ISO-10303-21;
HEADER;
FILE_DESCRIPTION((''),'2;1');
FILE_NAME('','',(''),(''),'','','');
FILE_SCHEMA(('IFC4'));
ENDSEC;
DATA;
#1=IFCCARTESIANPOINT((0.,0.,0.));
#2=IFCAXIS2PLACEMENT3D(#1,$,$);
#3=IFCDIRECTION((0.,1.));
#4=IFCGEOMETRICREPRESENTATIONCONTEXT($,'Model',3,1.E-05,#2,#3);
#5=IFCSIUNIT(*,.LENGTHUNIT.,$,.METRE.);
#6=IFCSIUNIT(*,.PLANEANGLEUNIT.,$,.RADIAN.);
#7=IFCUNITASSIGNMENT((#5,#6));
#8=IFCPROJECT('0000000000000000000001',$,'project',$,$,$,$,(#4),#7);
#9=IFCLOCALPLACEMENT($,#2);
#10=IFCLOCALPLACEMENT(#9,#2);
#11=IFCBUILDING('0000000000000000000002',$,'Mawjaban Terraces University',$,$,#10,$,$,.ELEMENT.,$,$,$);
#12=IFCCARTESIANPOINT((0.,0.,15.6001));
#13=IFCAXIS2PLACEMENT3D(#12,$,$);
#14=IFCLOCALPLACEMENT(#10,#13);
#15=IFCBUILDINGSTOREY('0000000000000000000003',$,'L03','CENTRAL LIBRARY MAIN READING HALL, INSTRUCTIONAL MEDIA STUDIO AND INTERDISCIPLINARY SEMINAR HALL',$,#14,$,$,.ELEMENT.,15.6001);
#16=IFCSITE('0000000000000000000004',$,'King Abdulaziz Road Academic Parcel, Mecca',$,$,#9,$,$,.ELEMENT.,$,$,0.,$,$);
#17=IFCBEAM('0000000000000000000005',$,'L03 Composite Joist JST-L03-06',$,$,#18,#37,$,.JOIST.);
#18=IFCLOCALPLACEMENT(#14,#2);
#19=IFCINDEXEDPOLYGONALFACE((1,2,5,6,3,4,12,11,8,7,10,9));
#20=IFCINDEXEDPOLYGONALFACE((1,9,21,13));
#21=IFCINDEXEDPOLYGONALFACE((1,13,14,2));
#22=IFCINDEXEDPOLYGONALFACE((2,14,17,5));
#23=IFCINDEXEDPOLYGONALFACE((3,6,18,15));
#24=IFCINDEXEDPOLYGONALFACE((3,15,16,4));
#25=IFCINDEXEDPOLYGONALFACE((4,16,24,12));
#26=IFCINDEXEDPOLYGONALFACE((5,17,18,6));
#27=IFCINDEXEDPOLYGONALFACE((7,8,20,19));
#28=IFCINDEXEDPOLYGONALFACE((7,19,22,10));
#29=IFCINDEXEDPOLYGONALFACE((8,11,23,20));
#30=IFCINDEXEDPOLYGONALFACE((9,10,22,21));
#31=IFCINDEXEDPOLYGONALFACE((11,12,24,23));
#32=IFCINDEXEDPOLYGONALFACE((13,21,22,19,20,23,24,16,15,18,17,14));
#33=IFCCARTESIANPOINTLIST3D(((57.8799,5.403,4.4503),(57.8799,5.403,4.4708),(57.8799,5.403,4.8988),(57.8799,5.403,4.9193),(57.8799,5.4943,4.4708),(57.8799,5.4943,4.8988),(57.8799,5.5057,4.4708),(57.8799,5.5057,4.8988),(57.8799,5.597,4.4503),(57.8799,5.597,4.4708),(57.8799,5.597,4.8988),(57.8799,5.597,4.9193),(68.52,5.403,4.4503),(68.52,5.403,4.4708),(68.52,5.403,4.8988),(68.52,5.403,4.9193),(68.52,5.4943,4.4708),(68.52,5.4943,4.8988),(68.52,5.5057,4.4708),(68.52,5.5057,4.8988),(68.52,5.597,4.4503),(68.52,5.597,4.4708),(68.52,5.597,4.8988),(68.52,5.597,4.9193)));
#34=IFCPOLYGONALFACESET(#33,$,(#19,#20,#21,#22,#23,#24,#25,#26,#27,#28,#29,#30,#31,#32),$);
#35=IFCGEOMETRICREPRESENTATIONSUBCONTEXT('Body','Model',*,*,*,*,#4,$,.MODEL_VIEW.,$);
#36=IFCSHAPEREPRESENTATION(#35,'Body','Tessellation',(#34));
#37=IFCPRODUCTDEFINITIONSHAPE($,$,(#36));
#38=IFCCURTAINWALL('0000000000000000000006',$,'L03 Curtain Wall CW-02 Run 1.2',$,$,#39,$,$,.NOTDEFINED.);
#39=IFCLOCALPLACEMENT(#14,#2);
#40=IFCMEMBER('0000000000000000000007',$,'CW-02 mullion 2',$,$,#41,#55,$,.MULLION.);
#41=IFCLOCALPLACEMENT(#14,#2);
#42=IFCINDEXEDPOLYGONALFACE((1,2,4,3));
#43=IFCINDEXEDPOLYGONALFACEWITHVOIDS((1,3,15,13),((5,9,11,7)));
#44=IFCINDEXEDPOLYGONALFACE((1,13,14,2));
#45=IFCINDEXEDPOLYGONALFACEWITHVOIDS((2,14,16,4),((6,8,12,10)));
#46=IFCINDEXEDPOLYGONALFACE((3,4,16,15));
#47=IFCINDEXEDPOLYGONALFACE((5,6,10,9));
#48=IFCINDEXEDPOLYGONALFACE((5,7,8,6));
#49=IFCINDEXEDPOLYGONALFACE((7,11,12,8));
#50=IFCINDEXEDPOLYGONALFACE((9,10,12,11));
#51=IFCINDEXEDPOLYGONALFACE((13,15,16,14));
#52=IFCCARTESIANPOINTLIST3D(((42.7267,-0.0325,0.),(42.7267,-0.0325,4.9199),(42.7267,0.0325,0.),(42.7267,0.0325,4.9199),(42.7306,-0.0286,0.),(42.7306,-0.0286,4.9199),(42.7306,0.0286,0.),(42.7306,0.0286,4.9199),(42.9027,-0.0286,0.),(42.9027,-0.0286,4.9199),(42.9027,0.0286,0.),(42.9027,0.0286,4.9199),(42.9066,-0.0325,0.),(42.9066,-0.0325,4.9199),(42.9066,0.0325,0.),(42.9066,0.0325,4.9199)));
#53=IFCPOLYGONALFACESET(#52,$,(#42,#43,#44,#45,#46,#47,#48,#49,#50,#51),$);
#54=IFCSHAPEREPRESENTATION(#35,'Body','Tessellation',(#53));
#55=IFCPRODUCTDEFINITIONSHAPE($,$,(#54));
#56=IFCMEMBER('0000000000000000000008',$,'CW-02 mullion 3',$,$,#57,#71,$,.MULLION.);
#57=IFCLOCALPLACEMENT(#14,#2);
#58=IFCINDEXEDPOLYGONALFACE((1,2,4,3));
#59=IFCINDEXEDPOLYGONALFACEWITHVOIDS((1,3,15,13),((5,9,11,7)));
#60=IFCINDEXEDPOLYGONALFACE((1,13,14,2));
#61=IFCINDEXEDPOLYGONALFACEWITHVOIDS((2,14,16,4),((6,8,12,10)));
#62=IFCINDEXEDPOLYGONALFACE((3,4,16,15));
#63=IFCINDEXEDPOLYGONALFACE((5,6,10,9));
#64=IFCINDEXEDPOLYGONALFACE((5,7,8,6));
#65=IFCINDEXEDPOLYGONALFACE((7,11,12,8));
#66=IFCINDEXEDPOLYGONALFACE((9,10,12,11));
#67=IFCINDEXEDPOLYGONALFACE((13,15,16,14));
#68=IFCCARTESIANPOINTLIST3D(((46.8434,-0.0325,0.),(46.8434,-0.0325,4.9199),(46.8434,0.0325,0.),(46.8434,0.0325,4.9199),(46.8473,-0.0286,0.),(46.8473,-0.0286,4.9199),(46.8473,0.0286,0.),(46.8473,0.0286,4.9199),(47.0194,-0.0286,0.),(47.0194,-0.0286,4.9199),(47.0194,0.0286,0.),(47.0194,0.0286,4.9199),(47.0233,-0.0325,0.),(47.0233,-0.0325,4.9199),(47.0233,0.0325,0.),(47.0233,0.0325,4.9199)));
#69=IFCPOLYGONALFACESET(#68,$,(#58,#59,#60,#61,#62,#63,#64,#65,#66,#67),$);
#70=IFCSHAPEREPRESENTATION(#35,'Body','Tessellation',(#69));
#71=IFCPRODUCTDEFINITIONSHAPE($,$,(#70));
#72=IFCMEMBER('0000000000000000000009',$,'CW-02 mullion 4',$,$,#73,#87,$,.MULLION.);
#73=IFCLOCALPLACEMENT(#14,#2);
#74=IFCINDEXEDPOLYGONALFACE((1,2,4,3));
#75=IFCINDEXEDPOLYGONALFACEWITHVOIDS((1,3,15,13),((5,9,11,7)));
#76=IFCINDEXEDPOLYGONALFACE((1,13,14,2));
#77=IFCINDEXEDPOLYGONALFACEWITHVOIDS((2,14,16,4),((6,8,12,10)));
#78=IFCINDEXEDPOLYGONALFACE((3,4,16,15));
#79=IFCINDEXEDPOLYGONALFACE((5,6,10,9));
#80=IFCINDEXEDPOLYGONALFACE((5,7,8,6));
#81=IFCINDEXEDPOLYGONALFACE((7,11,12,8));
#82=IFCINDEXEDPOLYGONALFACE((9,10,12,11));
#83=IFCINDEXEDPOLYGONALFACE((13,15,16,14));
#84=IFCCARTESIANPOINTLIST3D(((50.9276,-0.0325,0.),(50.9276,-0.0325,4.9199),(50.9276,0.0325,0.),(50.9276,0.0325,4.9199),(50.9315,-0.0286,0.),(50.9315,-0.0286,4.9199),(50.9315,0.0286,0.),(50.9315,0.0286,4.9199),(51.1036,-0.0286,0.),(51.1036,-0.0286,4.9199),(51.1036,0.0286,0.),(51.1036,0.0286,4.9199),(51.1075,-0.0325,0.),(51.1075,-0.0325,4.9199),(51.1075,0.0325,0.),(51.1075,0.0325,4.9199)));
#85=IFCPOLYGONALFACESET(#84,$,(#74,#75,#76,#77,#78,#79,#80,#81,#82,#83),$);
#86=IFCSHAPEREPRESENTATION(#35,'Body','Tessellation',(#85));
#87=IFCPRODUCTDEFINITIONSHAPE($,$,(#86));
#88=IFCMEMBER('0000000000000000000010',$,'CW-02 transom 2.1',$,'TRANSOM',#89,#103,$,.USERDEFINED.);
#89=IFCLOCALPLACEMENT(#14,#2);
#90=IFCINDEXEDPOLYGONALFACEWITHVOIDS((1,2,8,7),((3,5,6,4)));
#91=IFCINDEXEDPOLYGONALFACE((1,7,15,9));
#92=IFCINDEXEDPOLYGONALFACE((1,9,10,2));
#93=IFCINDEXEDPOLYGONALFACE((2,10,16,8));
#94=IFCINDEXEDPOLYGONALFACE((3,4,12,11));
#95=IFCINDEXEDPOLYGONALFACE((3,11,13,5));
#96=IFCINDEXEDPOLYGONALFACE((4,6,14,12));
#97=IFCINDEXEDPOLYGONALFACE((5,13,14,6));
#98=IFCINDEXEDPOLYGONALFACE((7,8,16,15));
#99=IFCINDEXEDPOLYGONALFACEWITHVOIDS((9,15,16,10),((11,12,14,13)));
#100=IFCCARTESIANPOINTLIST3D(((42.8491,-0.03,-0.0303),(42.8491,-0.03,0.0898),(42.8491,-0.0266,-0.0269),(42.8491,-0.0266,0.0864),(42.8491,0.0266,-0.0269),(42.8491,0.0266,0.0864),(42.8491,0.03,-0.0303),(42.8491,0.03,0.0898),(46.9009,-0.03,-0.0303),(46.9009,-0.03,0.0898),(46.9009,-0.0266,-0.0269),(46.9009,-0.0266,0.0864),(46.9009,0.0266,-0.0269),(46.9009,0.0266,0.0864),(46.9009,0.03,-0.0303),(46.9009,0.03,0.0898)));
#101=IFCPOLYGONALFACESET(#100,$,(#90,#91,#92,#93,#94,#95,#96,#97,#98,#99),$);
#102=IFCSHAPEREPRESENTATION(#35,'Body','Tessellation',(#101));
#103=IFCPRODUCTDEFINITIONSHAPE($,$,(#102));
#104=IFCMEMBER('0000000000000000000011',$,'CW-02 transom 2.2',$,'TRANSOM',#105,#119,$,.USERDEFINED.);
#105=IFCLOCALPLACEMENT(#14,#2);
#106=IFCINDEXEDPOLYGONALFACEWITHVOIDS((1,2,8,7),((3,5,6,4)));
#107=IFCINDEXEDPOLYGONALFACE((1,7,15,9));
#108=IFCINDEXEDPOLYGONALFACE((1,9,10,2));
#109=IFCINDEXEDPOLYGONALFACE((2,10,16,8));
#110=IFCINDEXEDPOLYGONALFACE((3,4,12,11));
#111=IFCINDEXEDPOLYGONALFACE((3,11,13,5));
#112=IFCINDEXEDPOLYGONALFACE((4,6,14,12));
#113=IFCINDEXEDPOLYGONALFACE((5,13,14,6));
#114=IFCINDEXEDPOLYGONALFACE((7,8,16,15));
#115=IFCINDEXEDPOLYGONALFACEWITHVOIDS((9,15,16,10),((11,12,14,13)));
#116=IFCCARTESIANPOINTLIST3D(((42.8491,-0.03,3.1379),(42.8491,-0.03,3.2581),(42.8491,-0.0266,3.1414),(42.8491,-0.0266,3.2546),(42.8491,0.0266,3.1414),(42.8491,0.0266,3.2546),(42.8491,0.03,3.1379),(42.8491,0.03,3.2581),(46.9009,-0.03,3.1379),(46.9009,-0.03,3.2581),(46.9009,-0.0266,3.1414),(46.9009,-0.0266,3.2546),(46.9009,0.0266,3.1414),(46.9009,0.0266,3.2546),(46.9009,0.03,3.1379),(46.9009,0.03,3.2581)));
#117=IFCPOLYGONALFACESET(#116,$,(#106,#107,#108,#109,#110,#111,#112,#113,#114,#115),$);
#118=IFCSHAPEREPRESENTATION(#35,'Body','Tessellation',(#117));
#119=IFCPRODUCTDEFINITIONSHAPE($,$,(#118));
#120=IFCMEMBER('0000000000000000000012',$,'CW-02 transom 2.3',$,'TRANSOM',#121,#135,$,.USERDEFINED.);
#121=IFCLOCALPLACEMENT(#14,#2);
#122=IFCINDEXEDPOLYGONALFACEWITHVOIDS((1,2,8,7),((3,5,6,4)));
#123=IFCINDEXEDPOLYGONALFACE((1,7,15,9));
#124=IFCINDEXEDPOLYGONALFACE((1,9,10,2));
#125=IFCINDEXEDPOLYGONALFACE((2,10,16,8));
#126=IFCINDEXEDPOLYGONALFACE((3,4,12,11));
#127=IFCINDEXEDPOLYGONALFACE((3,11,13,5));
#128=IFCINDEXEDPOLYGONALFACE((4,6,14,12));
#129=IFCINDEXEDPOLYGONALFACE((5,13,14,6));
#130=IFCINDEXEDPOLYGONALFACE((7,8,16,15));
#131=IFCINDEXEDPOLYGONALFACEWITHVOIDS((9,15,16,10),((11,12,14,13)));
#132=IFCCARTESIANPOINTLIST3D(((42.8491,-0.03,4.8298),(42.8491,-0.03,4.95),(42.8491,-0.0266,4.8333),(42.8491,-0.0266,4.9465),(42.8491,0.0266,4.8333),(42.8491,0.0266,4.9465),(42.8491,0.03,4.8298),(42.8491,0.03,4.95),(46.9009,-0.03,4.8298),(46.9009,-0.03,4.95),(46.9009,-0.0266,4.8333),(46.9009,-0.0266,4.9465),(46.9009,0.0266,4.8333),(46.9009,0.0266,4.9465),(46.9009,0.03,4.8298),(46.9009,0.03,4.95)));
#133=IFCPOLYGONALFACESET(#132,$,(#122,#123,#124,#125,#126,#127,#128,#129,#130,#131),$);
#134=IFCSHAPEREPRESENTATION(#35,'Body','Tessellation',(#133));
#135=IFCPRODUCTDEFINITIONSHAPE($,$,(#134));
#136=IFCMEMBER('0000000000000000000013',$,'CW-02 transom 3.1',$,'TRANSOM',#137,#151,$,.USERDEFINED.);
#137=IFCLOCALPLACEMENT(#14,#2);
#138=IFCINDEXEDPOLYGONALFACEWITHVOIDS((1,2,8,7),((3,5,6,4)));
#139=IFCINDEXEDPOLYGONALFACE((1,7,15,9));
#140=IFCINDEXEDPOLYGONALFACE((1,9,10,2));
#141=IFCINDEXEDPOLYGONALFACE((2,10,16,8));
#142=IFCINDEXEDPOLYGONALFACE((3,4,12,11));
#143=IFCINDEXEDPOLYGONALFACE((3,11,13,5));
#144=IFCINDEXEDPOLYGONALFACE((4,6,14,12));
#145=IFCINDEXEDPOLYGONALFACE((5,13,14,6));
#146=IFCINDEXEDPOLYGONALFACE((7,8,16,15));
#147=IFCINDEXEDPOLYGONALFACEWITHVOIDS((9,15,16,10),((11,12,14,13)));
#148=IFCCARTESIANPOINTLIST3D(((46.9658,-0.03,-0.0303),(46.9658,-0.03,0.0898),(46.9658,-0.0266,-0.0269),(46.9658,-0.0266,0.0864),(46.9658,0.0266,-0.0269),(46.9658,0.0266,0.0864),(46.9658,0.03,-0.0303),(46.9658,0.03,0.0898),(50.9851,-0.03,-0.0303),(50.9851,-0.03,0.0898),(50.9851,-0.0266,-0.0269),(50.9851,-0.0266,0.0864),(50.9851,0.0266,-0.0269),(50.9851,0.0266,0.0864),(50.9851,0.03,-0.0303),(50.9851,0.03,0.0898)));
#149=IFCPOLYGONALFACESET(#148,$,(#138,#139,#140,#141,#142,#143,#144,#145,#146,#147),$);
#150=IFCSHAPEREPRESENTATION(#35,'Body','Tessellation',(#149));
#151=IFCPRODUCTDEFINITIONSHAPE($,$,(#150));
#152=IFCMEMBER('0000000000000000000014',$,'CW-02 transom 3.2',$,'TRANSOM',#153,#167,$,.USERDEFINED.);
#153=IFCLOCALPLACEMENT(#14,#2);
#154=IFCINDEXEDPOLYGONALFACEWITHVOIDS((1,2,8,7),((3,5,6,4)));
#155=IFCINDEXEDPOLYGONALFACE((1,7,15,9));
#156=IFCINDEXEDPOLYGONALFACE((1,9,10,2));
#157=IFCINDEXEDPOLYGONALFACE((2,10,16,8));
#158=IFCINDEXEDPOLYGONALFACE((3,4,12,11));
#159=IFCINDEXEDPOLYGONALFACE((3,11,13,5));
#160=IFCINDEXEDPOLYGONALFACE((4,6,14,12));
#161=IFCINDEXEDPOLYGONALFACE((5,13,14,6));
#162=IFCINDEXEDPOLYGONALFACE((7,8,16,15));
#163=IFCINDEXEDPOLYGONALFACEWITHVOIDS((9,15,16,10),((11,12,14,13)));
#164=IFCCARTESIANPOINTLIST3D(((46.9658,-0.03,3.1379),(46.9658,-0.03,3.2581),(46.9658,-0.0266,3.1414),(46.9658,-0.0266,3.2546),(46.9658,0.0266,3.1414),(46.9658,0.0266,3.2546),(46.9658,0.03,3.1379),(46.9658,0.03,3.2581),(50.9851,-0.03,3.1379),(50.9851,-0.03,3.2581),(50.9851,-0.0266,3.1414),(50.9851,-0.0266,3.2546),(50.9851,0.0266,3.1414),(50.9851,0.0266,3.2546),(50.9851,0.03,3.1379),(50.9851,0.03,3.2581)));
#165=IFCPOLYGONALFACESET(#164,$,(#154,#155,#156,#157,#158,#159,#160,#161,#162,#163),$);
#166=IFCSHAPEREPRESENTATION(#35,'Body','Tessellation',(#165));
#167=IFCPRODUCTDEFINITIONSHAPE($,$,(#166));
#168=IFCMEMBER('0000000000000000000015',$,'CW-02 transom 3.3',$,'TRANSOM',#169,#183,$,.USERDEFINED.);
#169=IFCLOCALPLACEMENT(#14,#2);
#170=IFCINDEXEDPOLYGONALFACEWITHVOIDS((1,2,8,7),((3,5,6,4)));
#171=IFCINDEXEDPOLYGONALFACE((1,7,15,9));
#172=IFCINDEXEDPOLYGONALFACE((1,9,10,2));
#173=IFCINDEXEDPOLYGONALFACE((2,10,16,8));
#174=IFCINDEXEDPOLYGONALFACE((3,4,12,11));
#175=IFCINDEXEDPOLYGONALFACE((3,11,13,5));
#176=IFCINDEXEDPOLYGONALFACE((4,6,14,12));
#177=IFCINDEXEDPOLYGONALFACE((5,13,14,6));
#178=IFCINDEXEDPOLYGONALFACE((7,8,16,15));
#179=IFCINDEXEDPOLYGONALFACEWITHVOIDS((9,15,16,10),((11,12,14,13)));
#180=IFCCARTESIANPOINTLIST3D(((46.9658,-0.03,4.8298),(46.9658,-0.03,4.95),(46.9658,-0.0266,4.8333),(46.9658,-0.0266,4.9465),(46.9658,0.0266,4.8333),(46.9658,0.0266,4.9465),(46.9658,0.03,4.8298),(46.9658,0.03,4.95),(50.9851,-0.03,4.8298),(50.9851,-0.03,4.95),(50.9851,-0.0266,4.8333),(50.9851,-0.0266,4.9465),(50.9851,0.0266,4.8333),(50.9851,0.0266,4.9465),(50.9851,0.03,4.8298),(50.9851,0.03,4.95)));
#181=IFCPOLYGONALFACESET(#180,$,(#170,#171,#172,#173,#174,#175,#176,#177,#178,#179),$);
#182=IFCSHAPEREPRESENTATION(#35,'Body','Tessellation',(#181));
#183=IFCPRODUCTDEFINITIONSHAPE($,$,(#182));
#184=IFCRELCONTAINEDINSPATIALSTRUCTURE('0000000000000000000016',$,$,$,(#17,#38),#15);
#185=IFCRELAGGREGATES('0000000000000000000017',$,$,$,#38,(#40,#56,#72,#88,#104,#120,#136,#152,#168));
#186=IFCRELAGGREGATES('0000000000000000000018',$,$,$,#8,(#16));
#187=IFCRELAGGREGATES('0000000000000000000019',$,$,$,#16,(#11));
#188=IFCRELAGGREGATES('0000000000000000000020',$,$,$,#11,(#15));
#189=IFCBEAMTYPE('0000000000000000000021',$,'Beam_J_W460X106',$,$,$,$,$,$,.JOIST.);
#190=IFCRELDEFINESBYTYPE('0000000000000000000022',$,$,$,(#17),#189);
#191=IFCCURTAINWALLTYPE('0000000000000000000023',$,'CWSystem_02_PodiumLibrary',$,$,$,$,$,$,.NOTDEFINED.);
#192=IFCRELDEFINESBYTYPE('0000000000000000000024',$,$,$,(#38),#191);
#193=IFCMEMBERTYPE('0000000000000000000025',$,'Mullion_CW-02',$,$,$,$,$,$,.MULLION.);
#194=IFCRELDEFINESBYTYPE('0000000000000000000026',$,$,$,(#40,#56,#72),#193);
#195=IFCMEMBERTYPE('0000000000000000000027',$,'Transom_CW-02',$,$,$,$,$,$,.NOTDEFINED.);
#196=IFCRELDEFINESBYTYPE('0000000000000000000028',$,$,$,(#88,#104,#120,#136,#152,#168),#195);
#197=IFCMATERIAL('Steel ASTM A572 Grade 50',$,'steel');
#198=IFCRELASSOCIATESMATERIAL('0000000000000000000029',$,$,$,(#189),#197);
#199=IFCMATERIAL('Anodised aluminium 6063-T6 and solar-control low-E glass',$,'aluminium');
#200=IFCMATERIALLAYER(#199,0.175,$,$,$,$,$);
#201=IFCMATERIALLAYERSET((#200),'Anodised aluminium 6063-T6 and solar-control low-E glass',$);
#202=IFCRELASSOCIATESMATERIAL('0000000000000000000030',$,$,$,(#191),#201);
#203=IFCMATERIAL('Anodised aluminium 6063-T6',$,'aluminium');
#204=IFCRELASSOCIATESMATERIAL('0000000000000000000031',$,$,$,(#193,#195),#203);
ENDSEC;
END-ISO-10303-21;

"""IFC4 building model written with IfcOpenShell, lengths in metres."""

from ifc_helpers import new_model, si_unit, direction, frame, origin, origin_2d, place, context, subcontext, project, spatial, hollow_rectangle, i_section, extrude, material, layer, layer_set, material_profile, profile_set, type_object, element, aggregate, save


model = new_model("IFC4")

# Units and contexts
model_context = context("Model", 3, precision=1e-05, world=origin(), true_north=direction((0.0, 1.0)))
body_context = subcontext(model_context, "Body", "Model", "MODEL_VIEW")
ifc_project = project(units=[si_unit("LENGTHUNIT", "METRE"), si_unit("PLANEANGLEUNIT", "RADIAN")], contexts=[model_context])

# Site, building, storey
site_placement = place(None, origin())
site = spatial("IfcSite", under=ifc_project, at=site_placement, Name="King Abdulaziz Road Academic Parcel, Mecca", CompositionType="ELEMENT", RefElevation=0.0)
building_placement = place(site_placement, origin())
building = spatial("IfcBuilding", under=site, at=building_placement, Name="Mawjaban Terraces University", CompositionType="ELEMENT")
storey_placement = place(building_placement, frame((0.0, 0.0, 15.6001)))
storey = spatial("IfcBuildingStorey", under=building, at=storey_placement, Name="L03", Description="CENTRAL LIBRARY MAIN READING HALL, INSTRUCTIONAL MEDIA STUDIO AND INTERDISCIPLINARY SEMINAR HALL", CompositionType="ELEMENT", Elevation=15.6001)

# Beam
ifc_material_1 = material(Name="Steel ASTM A572 Grade 50", Category="steel")
ifc_material_profile_1 = material_profile(ifc_material_1, i_section(OverallWidth=0.1941, OverallDepth=0.469, WebThickness=0.0115, FlangeThickness=0.0205, at=origin_2d()), Name="W460X106")
ifc_profile_set_1 = profile_set([ifc_material_profile_1], Name="Steel ASTM A572 Grade 50")
beam_type_1 = type_object("IfcBeamType", Name="Beam_J_W460X106", PredefinedType="JOIST", material=ifc_profile_set_1)
beam_1_placement = place(storey_placement, frame((57.8799, 5.5, 4.6848), z_axis=(1.0, 0.0, 0.0), x_axis=(0.0, 1.0, 0.0)))
element("IfcBeam", 1, at=beam_1_placement, inside=storey, type_object=beam_type_1, Name="L03 Composite Joist JST-L03-06", PredefinedType="JOIST", context=body_context, shape_type="SweptSolid", body=[
    extrude(i_section(OverallWidth=0.1941, OverallDepth=0.469, WebThickness=0.0115, FlangeThickness=0.0205, at=origin_2d()), origin(), (0.0, 0.0, 1.0), 10.6401),
])

# Curtain wall, members
ifc_material_2 = material(Name="Anodised aluminium 6063-T6 and solar-control low-E glass", Category="aluminium")
ifc_layer_1 = layer(ifc_material_2, 0.175)
ifc_layer_set_1 = layer_set([ifc_layer_1], Name="Anodised aluminium 6063-T6 and solar-control low-E glass")
curtain_wall_type = type_object("IfcCurtainWallType", Name="CWSystem_02_PodiumLibrary", PredefinedType="NOTDEFINED", material=ifc_layer_set_1)
curtain_wall_placement = place(storey_placement, origin())
curtain_wall = element("IfcCurtainWall", 2, at=curtain_wall_placement, inside=storey, type_object=curtain_wall_type, Name="L03 Curtain Wall CW-02 Run 1.2", PredefinedType="NOTDEFINED")
ifc_material_3 = material(Name="Anodised aluminium 6063-T6", Category="aluminium")
ifc_material_profile_2 = material_profile(ifc_material_3, hollow_rectangle(XDim=0.0649, YDim=0.1799, WallThickness=0.0039, at=origin_2d()), Name="ALU180X65X4")
ifc_profile_set_2 = profile_set([ifc_material_profile_2], Name="Anodised aluminium 6063-T6")
member_type_1 = type_object("IfcMemberType", Name="Mullion_CW-02", PredefinedType="MULLION", material=ifc_profile_set_2)
member_1_placement = place(storey_placement, frame((42.8167, 0.0, 0.0), z_axis=(0.0, 0.0, 1.0), x_axis=(0.0, 1.0, 0.0)))
member_1 = element("IfcMember", 3, at=member_1_placement, type_object=member_type_1, Name="CW-02 mullion 2", PredefinedType="MULLION", context=body_context, shape_type="SweptSolid", body=[
    extrude(hollow_rectangle(XDim=0.0649, YDim=0.1799, WallThickness=0.0039, at=origin_2d()), origin(), (0.0, 0.0, 1.0), 4.9199),
])
member_2_placement = place(storey_placement, frame((46.9333, 0.0, 0.0), z_axis=(0.0, 0.0, 1.0), x_axis=(0.0, 1.0, 0.0)))
member_2 = element("IfcMember", 4, at=member_2_placement, type_object=member_type_1, Name="CW-02 mullion 3", PredefinedType="MULLION", context=body_context, shape_type="SweptSolid", body=[
    extrude(hollow_rectangle(XDim=0.0649, YDim=0.1799, WallThickness=0.0039, at=origin_2d()), origin(), (0.0, 0.0, 1.0), 4.9199),
])
member_3_placement = place(storey_placement, frame((51.0176, 0.0, 0.0), z_axis=(0.0, 0.0, 1.0), x_axis=(0.0, 1.0, 0.0)))
member_3 = element("IfcMember", 5, at=member_3_placement, type_object=member_type_1, Name="CW-02 mullion 4", PredefinedType="MULLION", context=body_context, shape_type="SweptSolid", body=[
    extrude(hollow_rectangle(XDim=0.0649, YDim=0.1799, WallThickness=0.0039, at=origin_2d()), origin(), (0.0, 0.0, 1.0), 4.9199),
])
ifc_material_profile_3 = material_profile(ifc_material_3, hollow_rectangle(XDim=0.0601, YDim=0.1201, WallThickness=0.0034, at=origin_2d()), Name="ALU120X60X3.5")
ifc_profile_set_3 = profile_set([ifc_material_profile_3], Name="Anodised aluminium 6063-T6")
member_type_2 = type_object("IfcMemberType", Name="Transom_CW-02", PredefinedType="NOTDEFINED", material=ifc_profile_set_3)
member_4_placement = place(storey_placement, frame((42.8491, 0.0, 0.0298), z_axis=(1.0, 0.0, 0.0), x_axis=(0.0, 1.0, 0.0)))
member_4 = element("IfcMember", 6, at=member_4_placement, type_object=member_type_2, Name="CW-02 transom 2.1", ObjectType="TRANSOM", PredefinedType="USERDEFINED", context=body_context, shape_type="SweptSolid", body=[
    extrude(hollow_rectangle(XDim=0.0601, YDim=0.1201, WallThickness=0.0034, at=origin_2d()), origin(), (0.0, 0.0, 1.0), 4.0518),
])
member_5_placement = place(storey_placement, frame((42.8491, 0.0, 3.198), z_axis=(1.0, 0.0, 0.0), x_axis=(0.0, 1.0, 0.0)))
member_5 = element("IfcMember", 7, at=member_5_placement, type_object=member_type_2, Name="CW-02 transom 2.2", ObjectType="TRANSOM", PredefinedType="USERDEFINED", context=body_context, shape_type="SweptSolid", body=[
    extrude(hollow_rectangle(XDim=0.0601, YDim=0.1201, WallThickness=0.0034, at=origin_2d()), origin(), (0.0, 0.0, 1.0), 4.0518),
])
member_6_placement = place(storey_placement, frame((42.8491, 0.0, 4.8899), z_axis=(1.0, 0.0, 0.0), x_axis=(0.0, 1.0, 0.0)))
member_6 = element("IfcMember", 8, at=member_6_placement, type_object=member_type_2, Name="CW-02 transom 2.3", ObjectType="TRANSOM", PredefinedType="USERDEFINED", context=body_context, shape_type="SweptSolid", body=[
    extrude(hollow_rectangle(XDim=0.0601, YDim=0.1201, WallThickness=0.0034, at=origin_2d()), origin(), (0.0, 0.0, 1.0), 4.0518),
])
member_7_placement = place(storey_placement, frame((46.9658, 0.0, 0.0298), z_axis=(1.0, 0.0, 0.0), x_axis=(0.0, 1.0, 0.0)))
member_7 = element("IfcMember", 9, at=member_7_placement, type_object=member_type_2, Name="CW-02 transom 3.1", ObjectType="TRANSOM", PredefinedType="USERDEFINED", context=body_context, shape_type="SweptSolid", body=[
    extrude(hollow_rectangle(XDim=0.0601, YDim=0.1201, WallThickness=0.0034, at=origin_2d()), origin(), (0.0, 0.0, 1.0), 4.0193),
])
member_8_placement = place(storey_placement, frame((46.9658, 0.0, 3.198), z_axis=(1.0, 0.0, 0.0), x_axis=(0.0, 1.0, 0.0)))
member_8 = element("IfcMember", 10, at=member_8_placement, type_object=member_type_2, Name="CW-02 transom 3.2", ObjectType="TRANSOM", PredefinedType="USERDEFINED", context=body_context, shape_type="SweptSolid", body=[
    extrude(hollow_rectangle(XDim=0.0601, YDim=0.1201, WallThickness=0.0034, at=origin_2d()), origin(), (0.0, 0.0, 1.0), 4.0193),
])
member_9_placement = place(storey_placement, frame((46.9658, 0.0, 4.8899), z_axis=(1.0, 0.0, 0.0), x_axis=(0.0, 1.0, 0.0)))
member_9 = element("IfcMember", 11, at=member_9_placement, type_object=member_type_2, Name="CW-02 transom 3.3", ObjectType="TRANSOM", PredefinedType="USERDEFINED", context=body_context, shape_type="SweptSolid", body=[
    extrude(hollow_rectangle(XDim=0.0601, YDim=0.1201, WallThickness=0.0034, at=origin_2d()), origin(), (0.0, 0.0, 1.0), 4.0193),
])
aggregate(curtain_wall, [member_1, member_2, member_3, member_4, member_5, member_6, member_7, member_8, member_9])

save(model, "model.ifc")
